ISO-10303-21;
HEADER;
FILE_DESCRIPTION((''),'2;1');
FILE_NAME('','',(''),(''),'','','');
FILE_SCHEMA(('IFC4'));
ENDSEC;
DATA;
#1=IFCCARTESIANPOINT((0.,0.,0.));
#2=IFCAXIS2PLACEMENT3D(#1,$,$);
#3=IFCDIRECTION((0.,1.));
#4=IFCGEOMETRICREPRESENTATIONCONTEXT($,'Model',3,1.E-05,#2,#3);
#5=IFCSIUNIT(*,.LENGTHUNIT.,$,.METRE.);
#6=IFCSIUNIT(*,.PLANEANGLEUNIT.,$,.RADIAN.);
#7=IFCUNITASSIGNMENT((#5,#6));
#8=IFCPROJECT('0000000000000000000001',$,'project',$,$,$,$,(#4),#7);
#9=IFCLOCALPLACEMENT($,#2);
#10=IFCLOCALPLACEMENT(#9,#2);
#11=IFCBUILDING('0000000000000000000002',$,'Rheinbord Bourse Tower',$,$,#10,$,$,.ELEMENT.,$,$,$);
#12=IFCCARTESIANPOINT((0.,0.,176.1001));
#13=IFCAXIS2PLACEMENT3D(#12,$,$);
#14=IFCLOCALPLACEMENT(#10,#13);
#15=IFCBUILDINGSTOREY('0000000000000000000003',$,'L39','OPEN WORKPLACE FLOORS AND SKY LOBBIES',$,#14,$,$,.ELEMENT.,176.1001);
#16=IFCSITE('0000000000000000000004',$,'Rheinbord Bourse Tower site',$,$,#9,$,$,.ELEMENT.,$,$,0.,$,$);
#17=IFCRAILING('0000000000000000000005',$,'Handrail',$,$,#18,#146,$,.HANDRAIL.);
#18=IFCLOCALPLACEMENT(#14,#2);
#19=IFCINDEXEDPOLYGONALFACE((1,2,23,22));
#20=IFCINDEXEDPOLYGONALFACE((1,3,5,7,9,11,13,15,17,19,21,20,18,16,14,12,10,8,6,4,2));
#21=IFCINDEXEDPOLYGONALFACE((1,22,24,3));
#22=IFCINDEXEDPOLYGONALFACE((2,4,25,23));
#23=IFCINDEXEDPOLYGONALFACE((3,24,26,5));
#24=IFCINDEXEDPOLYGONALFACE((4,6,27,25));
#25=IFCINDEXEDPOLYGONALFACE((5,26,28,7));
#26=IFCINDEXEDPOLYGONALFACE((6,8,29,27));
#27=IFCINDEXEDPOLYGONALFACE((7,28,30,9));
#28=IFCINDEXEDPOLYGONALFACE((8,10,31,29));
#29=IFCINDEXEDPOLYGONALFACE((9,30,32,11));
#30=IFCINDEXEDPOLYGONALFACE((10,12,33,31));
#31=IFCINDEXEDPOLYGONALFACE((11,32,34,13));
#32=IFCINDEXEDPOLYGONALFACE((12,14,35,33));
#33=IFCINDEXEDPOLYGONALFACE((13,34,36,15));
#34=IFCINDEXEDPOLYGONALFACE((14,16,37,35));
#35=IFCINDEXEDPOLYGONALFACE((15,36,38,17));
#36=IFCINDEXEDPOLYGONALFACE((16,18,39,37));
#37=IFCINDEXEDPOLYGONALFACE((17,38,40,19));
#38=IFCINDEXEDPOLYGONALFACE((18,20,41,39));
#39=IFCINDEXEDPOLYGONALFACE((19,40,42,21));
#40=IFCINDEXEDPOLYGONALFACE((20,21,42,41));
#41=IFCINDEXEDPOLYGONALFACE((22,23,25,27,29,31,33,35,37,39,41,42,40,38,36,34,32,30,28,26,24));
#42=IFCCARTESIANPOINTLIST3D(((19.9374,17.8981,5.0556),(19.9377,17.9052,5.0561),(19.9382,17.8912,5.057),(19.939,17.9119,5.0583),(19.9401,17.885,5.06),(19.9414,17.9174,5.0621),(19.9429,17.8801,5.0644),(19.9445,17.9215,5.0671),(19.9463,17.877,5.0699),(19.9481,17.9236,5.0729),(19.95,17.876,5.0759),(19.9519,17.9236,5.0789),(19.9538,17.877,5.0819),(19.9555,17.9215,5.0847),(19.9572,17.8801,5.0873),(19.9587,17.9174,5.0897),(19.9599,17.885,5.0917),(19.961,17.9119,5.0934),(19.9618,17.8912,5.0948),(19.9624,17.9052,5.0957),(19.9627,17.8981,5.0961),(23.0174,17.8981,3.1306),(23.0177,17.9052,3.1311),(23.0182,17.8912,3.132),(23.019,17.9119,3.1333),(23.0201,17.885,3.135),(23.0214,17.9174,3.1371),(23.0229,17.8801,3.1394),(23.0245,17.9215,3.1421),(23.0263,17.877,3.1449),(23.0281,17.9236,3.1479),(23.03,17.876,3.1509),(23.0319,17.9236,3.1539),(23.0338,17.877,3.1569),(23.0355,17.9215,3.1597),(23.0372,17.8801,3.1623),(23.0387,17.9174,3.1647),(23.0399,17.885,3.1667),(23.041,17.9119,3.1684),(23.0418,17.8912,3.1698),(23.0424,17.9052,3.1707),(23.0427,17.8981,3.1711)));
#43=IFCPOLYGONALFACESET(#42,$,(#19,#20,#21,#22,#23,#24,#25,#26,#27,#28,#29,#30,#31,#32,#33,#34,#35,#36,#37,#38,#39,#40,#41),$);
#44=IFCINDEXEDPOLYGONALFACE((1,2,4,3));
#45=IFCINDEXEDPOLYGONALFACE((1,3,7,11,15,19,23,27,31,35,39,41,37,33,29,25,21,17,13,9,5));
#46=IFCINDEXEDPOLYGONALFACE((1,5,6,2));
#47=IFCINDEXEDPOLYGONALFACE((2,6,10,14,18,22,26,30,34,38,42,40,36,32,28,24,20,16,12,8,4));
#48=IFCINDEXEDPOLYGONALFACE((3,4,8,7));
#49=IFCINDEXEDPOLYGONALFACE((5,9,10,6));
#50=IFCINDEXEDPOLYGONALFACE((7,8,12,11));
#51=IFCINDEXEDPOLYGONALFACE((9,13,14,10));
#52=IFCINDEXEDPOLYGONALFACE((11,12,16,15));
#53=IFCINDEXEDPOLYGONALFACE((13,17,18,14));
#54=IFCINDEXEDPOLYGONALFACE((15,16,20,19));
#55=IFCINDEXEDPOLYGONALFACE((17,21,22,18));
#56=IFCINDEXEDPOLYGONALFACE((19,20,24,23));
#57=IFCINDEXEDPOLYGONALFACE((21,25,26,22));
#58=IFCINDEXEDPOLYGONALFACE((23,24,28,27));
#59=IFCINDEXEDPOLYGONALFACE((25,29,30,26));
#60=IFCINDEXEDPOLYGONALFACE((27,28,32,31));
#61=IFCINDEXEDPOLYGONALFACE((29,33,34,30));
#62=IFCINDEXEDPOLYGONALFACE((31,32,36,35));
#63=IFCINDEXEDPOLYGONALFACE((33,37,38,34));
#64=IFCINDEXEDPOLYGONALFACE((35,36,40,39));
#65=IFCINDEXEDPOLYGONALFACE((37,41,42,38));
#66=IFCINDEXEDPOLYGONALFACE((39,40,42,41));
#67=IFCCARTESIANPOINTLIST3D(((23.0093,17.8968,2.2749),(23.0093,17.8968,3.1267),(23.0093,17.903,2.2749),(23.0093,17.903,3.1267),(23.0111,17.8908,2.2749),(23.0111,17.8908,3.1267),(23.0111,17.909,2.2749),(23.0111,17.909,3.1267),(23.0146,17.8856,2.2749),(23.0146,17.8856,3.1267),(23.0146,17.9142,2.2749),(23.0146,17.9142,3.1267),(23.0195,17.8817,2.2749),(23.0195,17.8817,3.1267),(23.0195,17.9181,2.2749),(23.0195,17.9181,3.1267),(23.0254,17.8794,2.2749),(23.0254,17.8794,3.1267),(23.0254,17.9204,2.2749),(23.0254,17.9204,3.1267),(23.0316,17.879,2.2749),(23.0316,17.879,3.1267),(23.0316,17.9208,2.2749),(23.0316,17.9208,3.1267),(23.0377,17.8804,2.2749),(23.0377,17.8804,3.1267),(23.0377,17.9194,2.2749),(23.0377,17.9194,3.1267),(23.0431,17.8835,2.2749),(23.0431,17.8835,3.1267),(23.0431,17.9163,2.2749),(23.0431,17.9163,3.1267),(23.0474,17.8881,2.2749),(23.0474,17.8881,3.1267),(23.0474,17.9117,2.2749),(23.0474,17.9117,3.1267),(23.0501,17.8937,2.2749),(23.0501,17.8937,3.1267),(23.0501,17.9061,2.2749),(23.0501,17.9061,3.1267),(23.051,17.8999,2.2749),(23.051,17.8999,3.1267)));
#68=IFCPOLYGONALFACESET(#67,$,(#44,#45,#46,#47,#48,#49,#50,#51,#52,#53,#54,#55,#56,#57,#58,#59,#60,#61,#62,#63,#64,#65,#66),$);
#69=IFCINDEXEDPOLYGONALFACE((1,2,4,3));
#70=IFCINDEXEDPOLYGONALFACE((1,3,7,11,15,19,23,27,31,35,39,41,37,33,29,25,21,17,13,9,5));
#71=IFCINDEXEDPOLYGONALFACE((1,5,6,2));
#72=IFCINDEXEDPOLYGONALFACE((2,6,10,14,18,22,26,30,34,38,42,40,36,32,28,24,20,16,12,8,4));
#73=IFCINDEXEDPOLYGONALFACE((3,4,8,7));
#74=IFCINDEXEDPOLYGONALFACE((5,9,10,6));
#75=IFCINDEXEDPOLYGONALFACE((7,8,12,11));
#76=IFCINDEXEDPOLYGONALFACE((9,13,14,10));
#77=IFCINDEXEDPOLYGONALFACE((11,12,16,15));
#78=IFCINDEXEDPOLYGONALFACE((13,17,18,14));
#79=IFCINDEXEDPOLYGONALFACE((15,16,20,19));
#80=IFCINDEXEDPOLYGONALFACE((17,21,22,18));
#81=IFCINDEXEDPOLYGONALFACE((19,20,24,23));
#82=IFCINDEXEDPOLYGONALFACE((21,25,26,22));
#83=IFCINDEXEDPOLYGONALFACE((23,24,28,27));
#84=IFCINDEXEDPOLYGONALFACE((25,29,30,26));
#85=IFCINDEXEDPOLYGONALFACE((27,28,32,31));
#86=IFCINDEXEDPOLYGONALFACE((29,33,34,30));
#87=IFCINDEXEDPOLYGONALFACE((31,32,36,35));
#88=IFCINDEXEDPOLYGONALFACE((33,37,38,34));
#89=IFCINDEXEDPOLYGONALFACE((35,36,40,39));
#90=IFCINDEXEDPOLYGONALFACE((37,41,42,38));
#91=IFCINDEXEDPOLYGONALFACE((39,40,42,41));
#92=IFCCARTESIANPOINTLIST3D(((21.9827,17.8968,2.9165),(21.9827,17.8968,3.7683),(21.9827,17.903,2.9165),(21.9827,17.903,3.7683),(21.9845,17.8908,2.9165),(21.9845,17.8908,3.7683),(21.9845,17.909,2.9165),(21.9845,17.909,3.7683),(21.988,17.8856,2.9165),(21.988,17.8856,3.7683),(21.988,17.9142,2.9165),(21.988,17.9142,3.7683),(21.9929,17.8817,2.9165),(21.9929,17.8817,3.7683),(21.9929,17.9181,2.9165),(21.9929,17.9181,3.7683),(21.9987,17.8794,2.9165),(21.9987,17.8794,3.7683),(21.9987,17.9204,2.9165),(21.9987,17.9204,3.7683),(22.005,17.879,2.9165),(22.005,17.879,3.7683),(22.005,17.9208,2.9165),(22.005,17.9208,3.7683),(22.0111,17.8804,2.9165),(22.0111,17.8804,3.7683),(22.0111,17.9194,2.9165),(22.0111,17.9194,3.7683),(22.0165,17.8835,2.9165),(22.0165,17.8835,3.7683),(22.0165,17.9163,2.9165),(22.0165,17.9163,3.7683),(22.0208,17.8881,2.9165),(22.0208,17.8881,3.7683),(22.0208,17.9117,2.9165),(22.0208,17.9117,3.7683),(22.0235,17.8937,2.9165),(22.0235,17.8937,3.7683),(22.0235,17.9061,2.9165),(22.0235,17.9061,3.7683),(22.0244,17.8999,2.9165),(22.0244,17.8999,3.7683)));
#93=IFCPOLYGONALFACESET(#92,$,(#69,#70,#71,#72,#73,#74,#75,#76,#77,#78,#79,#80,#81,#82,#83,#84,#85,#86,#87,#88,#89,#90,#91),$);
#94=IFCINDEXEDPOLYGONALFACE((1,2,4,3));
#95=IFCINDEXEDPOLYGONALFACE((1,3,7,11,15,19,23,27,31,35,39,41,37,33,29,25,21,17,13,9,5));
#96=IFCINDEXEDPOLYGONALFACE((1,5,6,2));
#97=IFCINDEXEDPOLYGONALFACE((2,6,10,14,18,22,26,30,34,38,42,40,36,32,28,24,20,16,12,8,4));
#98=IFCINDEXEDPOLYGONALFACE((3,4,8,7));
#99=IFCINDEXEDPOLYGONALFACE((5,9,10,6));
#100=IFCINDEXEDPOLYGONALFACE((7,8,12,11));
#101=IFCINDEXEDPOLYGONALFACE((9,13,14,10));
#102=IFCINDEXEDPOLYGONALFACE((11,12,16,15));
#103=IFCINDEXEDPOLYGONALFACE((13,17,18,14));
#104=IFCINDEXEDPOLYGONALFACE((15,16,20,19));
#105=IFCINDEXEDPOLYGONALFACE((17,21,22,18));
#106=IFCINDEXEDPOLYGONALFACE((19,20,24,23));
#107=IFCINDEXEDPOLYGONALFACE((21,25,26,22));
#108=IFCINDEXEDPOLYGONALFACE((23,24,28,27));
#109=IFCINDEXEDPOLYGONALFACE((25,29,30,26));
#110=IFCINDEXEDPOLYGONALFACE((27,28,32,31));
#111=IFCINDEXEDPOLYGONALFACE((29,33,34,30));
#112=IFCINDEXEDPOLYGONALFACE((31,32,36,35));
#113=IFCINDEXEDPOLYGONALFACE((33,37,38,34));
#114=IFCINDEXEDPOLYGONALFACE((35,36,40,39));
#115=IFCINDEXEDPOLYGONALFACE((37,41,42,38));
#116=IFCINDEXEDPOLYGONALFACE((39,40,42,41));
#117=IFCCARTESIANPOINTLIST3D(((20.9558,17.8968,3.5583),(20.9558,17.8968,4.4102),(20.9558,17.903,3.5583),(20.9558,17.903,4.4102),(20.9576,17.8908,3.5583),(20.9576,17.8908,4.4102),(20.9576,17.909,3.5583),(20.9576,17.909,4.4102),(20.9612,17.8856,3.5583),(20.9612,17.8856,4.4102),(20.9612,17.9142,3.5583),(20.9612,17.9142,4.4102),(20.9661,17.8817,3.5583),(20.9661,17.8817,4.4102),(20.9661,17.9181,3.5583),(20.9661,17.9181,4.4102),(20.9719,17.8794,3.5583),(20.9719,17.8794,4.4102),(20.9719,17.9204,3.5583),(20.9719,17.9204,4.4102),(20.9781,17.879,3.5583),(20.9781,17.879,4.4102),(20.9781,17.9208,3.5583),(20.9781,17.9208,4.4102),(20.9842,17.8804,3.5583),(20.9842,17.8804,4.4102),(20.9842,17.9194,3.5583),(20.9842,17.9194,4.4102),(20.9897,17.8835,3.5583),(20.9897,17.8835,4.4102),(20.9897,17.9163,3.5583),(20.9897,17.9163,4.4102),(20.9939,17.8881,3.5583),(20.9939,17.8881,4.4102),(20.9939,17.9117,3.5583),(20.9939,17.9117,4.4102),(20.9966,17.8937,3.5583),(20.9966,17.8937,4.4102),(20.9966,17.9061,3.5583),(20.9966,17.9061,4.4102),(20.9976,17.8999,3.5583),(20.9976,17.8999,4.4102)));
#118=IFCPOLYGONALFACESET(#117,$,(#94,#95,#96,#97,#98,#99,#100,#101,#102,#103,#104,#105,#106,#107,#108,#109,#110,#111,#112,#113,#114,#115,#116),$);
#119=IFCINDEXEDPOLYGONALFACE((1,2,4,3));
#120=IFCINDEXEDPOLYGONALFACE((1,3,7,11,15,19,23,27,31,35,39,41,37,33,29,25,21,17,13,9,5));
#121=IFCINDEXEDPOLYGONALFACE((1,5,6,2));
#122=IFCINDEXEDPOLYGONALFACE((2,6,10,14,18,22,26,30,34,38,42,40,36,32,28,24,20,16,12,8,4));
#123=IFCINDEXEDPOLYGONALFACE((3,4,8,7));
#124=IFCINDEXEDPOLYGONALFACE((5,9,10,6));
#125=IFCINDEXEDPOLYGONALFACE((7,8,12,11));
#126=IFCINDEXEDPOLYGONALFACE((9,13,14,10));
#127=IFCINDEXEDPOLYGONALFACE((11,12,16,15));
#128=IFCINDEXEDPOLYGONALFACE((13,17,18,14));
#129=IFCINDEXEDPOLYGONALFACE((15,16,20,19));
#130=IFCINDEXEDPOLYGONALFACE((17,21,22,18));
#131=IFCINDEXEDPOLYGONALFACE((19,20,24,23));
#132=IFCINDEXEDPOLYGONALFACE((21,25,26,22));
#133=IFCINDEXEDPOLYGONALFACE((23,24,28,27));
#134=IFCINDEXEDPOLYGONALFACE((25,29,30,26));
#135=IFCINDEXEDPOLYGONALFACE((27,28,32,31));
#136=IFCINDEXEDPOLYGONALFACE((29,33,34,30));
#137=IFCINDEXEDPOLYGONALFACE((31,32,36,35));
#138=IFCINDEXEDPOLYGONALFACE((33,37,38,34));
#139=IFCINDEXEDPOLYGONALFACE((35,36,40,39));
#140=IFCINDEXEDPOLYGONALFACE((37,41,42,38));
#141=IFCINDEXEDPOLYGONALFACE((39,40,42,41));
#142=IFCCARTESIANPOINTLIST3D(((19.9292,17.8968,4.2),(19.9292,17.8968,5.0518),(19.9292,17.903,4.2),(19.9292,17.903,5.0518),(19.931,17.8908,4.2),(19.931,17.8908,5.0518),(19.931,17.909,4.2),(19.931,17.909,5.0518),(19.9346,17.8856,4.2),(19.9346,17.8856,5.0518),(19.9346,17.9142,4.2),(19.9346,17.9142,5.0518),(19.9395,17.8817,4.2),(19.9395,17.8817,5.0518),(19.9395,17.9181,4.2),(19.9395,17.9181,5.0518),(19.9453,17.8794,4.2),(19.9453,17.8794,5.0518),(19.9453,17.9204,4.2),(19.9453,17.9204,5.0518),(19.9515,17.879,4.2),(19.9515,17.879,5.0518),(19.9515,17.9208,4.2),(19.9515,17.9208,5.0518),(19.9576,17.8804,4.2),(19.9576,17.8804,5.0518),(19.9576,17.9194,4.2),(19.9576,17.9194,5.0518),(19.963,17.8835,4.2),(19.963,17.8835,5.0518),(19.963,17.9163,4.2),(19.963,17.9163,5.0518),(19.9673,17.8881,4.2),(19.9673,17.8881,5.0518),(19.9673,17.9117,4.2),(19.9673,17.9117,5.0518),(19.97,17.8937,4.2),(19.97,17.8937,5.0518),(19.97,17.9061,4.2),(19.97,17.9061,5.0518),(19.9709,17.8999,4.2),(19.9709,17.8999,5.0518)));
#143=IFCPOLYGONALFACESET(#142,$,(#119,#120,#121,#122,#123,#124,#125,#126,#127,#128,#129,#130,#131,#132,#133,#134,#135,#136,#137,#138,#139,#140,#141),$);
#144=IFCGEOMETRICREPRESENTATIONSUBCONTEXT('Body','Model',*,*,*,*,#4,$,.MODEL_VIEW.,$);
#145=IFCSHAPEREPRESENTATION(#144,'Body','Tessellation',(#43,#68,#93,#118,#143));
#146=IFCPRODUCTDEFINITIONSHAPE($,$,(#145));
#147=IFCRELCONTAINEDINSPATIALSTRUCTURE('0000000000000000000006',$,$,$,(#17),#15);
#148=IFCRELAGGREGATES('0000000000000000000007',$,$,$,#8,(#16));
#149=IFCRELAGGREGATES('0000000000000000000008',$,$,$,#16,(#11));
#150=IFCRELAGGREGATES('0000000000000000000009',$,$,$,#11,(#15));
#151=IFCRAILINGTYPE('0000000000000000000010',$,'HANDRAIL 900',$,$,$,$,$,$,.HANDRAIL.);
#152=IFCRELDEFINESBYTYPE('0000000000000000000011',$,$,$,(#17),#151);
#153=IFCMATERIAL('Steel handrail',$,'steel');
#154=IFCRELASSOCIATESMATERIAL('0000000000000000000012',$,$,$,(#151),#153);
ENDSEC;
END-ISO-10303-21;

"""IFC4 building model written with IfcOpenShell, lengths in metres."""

from ifc_helpers import new_model, si_unit, direction, frame, origin, origin_2d, place, context, subcontext, project, spatial, circle, extrude, material, type_object, element, save


model = new_model("IFC4")

# Units and contexts
model_context = context("Model", 3, precision=1e-05, world=origin(), true_north=direction((0.0, 1.0)))
body_context = subcontext(model_context, "Body", "Model", "MODEL_VIEW")
ifc_project = project(units=[si_unit("LENGTHUNIT", "METRE"), si_unit("PLANEANGLEUNIT", "RADIAN")], contexts=[model_context])

# Site, building, storey
site_placement = place(None, origin())
site = spatial("IfcSite", under=ifc_project, at=site_placement, Name="Rheinbord Bourse Tower site", CompositionType="ELEMENT", RefElevation=0.0)
building_placement = place(site_placement, origin())
building = spatial("IfcBuilding", under=site, at=building_placement, Name="Rheinbord Bourse Tower", CompositionType="ELEMENT")
storey_placement = place(building_placement, frame((0.0, 0.0, 176.1001)))
storey = spatial("IfcBuildingStorey", under=building, at=storey_placement, Name="L39", Description="OPEN WORKPLACE FLOORS AND SKY LOBBIES", CompositionType="ELEMENT", Elevation=176.1001)

# Railing
ifc_material_1 = material(Name="Steel handrail", Category="steel")
railing_type = type_object("IfcRailingType", Name="HANDRAIL 900", PredefinedType="HANDRAIL", material=ifc_material_1)
railing_1_placement = place(storey_placement, frame((23.03, 17.8999, 2.2749)))
element("IfcRailing", 1, at=railing_1_placement, inside=storey, type_object=railing_type, Name="Handrail", PredefinedType="HANDRAIL", context=body_context, shape_type="SweptSolid", body=[
    extrude(circle(Radius=0.0239, at=origin_2d()), frame((0.0, 0.0, 0.876), z_axis=(-0.847998, 0.0, 0.529999), x_axis=(0.0, -1.0, 0.0)), (0.0, 0.0, 1.0), 3.6321),
    extrude(circle(Radius=0.021, at=origin_2d()), origin(), (0.0, 0.0, 1.0), 0.8518),
    extrude(circle(Radius=0.021, at=origin_2d()), frame((-1.0266, 0.0, 0.6416)), (0.0, 0.0, 1.0), 0.8518),
    extrude(circle(Radius=0.021, at=origin_2d()), frame((-2.0535, 0.0, 1.2834)), (0.0, 0.0, 1.0), 0.8518),
    extrude(circle(Radius=0.021, at=origin_2d()), frame((-3.0801, 0.0, 1.925)), (0.0, 0.0, 1.0), 0.8518),
])

save(model, "model.ifc")
